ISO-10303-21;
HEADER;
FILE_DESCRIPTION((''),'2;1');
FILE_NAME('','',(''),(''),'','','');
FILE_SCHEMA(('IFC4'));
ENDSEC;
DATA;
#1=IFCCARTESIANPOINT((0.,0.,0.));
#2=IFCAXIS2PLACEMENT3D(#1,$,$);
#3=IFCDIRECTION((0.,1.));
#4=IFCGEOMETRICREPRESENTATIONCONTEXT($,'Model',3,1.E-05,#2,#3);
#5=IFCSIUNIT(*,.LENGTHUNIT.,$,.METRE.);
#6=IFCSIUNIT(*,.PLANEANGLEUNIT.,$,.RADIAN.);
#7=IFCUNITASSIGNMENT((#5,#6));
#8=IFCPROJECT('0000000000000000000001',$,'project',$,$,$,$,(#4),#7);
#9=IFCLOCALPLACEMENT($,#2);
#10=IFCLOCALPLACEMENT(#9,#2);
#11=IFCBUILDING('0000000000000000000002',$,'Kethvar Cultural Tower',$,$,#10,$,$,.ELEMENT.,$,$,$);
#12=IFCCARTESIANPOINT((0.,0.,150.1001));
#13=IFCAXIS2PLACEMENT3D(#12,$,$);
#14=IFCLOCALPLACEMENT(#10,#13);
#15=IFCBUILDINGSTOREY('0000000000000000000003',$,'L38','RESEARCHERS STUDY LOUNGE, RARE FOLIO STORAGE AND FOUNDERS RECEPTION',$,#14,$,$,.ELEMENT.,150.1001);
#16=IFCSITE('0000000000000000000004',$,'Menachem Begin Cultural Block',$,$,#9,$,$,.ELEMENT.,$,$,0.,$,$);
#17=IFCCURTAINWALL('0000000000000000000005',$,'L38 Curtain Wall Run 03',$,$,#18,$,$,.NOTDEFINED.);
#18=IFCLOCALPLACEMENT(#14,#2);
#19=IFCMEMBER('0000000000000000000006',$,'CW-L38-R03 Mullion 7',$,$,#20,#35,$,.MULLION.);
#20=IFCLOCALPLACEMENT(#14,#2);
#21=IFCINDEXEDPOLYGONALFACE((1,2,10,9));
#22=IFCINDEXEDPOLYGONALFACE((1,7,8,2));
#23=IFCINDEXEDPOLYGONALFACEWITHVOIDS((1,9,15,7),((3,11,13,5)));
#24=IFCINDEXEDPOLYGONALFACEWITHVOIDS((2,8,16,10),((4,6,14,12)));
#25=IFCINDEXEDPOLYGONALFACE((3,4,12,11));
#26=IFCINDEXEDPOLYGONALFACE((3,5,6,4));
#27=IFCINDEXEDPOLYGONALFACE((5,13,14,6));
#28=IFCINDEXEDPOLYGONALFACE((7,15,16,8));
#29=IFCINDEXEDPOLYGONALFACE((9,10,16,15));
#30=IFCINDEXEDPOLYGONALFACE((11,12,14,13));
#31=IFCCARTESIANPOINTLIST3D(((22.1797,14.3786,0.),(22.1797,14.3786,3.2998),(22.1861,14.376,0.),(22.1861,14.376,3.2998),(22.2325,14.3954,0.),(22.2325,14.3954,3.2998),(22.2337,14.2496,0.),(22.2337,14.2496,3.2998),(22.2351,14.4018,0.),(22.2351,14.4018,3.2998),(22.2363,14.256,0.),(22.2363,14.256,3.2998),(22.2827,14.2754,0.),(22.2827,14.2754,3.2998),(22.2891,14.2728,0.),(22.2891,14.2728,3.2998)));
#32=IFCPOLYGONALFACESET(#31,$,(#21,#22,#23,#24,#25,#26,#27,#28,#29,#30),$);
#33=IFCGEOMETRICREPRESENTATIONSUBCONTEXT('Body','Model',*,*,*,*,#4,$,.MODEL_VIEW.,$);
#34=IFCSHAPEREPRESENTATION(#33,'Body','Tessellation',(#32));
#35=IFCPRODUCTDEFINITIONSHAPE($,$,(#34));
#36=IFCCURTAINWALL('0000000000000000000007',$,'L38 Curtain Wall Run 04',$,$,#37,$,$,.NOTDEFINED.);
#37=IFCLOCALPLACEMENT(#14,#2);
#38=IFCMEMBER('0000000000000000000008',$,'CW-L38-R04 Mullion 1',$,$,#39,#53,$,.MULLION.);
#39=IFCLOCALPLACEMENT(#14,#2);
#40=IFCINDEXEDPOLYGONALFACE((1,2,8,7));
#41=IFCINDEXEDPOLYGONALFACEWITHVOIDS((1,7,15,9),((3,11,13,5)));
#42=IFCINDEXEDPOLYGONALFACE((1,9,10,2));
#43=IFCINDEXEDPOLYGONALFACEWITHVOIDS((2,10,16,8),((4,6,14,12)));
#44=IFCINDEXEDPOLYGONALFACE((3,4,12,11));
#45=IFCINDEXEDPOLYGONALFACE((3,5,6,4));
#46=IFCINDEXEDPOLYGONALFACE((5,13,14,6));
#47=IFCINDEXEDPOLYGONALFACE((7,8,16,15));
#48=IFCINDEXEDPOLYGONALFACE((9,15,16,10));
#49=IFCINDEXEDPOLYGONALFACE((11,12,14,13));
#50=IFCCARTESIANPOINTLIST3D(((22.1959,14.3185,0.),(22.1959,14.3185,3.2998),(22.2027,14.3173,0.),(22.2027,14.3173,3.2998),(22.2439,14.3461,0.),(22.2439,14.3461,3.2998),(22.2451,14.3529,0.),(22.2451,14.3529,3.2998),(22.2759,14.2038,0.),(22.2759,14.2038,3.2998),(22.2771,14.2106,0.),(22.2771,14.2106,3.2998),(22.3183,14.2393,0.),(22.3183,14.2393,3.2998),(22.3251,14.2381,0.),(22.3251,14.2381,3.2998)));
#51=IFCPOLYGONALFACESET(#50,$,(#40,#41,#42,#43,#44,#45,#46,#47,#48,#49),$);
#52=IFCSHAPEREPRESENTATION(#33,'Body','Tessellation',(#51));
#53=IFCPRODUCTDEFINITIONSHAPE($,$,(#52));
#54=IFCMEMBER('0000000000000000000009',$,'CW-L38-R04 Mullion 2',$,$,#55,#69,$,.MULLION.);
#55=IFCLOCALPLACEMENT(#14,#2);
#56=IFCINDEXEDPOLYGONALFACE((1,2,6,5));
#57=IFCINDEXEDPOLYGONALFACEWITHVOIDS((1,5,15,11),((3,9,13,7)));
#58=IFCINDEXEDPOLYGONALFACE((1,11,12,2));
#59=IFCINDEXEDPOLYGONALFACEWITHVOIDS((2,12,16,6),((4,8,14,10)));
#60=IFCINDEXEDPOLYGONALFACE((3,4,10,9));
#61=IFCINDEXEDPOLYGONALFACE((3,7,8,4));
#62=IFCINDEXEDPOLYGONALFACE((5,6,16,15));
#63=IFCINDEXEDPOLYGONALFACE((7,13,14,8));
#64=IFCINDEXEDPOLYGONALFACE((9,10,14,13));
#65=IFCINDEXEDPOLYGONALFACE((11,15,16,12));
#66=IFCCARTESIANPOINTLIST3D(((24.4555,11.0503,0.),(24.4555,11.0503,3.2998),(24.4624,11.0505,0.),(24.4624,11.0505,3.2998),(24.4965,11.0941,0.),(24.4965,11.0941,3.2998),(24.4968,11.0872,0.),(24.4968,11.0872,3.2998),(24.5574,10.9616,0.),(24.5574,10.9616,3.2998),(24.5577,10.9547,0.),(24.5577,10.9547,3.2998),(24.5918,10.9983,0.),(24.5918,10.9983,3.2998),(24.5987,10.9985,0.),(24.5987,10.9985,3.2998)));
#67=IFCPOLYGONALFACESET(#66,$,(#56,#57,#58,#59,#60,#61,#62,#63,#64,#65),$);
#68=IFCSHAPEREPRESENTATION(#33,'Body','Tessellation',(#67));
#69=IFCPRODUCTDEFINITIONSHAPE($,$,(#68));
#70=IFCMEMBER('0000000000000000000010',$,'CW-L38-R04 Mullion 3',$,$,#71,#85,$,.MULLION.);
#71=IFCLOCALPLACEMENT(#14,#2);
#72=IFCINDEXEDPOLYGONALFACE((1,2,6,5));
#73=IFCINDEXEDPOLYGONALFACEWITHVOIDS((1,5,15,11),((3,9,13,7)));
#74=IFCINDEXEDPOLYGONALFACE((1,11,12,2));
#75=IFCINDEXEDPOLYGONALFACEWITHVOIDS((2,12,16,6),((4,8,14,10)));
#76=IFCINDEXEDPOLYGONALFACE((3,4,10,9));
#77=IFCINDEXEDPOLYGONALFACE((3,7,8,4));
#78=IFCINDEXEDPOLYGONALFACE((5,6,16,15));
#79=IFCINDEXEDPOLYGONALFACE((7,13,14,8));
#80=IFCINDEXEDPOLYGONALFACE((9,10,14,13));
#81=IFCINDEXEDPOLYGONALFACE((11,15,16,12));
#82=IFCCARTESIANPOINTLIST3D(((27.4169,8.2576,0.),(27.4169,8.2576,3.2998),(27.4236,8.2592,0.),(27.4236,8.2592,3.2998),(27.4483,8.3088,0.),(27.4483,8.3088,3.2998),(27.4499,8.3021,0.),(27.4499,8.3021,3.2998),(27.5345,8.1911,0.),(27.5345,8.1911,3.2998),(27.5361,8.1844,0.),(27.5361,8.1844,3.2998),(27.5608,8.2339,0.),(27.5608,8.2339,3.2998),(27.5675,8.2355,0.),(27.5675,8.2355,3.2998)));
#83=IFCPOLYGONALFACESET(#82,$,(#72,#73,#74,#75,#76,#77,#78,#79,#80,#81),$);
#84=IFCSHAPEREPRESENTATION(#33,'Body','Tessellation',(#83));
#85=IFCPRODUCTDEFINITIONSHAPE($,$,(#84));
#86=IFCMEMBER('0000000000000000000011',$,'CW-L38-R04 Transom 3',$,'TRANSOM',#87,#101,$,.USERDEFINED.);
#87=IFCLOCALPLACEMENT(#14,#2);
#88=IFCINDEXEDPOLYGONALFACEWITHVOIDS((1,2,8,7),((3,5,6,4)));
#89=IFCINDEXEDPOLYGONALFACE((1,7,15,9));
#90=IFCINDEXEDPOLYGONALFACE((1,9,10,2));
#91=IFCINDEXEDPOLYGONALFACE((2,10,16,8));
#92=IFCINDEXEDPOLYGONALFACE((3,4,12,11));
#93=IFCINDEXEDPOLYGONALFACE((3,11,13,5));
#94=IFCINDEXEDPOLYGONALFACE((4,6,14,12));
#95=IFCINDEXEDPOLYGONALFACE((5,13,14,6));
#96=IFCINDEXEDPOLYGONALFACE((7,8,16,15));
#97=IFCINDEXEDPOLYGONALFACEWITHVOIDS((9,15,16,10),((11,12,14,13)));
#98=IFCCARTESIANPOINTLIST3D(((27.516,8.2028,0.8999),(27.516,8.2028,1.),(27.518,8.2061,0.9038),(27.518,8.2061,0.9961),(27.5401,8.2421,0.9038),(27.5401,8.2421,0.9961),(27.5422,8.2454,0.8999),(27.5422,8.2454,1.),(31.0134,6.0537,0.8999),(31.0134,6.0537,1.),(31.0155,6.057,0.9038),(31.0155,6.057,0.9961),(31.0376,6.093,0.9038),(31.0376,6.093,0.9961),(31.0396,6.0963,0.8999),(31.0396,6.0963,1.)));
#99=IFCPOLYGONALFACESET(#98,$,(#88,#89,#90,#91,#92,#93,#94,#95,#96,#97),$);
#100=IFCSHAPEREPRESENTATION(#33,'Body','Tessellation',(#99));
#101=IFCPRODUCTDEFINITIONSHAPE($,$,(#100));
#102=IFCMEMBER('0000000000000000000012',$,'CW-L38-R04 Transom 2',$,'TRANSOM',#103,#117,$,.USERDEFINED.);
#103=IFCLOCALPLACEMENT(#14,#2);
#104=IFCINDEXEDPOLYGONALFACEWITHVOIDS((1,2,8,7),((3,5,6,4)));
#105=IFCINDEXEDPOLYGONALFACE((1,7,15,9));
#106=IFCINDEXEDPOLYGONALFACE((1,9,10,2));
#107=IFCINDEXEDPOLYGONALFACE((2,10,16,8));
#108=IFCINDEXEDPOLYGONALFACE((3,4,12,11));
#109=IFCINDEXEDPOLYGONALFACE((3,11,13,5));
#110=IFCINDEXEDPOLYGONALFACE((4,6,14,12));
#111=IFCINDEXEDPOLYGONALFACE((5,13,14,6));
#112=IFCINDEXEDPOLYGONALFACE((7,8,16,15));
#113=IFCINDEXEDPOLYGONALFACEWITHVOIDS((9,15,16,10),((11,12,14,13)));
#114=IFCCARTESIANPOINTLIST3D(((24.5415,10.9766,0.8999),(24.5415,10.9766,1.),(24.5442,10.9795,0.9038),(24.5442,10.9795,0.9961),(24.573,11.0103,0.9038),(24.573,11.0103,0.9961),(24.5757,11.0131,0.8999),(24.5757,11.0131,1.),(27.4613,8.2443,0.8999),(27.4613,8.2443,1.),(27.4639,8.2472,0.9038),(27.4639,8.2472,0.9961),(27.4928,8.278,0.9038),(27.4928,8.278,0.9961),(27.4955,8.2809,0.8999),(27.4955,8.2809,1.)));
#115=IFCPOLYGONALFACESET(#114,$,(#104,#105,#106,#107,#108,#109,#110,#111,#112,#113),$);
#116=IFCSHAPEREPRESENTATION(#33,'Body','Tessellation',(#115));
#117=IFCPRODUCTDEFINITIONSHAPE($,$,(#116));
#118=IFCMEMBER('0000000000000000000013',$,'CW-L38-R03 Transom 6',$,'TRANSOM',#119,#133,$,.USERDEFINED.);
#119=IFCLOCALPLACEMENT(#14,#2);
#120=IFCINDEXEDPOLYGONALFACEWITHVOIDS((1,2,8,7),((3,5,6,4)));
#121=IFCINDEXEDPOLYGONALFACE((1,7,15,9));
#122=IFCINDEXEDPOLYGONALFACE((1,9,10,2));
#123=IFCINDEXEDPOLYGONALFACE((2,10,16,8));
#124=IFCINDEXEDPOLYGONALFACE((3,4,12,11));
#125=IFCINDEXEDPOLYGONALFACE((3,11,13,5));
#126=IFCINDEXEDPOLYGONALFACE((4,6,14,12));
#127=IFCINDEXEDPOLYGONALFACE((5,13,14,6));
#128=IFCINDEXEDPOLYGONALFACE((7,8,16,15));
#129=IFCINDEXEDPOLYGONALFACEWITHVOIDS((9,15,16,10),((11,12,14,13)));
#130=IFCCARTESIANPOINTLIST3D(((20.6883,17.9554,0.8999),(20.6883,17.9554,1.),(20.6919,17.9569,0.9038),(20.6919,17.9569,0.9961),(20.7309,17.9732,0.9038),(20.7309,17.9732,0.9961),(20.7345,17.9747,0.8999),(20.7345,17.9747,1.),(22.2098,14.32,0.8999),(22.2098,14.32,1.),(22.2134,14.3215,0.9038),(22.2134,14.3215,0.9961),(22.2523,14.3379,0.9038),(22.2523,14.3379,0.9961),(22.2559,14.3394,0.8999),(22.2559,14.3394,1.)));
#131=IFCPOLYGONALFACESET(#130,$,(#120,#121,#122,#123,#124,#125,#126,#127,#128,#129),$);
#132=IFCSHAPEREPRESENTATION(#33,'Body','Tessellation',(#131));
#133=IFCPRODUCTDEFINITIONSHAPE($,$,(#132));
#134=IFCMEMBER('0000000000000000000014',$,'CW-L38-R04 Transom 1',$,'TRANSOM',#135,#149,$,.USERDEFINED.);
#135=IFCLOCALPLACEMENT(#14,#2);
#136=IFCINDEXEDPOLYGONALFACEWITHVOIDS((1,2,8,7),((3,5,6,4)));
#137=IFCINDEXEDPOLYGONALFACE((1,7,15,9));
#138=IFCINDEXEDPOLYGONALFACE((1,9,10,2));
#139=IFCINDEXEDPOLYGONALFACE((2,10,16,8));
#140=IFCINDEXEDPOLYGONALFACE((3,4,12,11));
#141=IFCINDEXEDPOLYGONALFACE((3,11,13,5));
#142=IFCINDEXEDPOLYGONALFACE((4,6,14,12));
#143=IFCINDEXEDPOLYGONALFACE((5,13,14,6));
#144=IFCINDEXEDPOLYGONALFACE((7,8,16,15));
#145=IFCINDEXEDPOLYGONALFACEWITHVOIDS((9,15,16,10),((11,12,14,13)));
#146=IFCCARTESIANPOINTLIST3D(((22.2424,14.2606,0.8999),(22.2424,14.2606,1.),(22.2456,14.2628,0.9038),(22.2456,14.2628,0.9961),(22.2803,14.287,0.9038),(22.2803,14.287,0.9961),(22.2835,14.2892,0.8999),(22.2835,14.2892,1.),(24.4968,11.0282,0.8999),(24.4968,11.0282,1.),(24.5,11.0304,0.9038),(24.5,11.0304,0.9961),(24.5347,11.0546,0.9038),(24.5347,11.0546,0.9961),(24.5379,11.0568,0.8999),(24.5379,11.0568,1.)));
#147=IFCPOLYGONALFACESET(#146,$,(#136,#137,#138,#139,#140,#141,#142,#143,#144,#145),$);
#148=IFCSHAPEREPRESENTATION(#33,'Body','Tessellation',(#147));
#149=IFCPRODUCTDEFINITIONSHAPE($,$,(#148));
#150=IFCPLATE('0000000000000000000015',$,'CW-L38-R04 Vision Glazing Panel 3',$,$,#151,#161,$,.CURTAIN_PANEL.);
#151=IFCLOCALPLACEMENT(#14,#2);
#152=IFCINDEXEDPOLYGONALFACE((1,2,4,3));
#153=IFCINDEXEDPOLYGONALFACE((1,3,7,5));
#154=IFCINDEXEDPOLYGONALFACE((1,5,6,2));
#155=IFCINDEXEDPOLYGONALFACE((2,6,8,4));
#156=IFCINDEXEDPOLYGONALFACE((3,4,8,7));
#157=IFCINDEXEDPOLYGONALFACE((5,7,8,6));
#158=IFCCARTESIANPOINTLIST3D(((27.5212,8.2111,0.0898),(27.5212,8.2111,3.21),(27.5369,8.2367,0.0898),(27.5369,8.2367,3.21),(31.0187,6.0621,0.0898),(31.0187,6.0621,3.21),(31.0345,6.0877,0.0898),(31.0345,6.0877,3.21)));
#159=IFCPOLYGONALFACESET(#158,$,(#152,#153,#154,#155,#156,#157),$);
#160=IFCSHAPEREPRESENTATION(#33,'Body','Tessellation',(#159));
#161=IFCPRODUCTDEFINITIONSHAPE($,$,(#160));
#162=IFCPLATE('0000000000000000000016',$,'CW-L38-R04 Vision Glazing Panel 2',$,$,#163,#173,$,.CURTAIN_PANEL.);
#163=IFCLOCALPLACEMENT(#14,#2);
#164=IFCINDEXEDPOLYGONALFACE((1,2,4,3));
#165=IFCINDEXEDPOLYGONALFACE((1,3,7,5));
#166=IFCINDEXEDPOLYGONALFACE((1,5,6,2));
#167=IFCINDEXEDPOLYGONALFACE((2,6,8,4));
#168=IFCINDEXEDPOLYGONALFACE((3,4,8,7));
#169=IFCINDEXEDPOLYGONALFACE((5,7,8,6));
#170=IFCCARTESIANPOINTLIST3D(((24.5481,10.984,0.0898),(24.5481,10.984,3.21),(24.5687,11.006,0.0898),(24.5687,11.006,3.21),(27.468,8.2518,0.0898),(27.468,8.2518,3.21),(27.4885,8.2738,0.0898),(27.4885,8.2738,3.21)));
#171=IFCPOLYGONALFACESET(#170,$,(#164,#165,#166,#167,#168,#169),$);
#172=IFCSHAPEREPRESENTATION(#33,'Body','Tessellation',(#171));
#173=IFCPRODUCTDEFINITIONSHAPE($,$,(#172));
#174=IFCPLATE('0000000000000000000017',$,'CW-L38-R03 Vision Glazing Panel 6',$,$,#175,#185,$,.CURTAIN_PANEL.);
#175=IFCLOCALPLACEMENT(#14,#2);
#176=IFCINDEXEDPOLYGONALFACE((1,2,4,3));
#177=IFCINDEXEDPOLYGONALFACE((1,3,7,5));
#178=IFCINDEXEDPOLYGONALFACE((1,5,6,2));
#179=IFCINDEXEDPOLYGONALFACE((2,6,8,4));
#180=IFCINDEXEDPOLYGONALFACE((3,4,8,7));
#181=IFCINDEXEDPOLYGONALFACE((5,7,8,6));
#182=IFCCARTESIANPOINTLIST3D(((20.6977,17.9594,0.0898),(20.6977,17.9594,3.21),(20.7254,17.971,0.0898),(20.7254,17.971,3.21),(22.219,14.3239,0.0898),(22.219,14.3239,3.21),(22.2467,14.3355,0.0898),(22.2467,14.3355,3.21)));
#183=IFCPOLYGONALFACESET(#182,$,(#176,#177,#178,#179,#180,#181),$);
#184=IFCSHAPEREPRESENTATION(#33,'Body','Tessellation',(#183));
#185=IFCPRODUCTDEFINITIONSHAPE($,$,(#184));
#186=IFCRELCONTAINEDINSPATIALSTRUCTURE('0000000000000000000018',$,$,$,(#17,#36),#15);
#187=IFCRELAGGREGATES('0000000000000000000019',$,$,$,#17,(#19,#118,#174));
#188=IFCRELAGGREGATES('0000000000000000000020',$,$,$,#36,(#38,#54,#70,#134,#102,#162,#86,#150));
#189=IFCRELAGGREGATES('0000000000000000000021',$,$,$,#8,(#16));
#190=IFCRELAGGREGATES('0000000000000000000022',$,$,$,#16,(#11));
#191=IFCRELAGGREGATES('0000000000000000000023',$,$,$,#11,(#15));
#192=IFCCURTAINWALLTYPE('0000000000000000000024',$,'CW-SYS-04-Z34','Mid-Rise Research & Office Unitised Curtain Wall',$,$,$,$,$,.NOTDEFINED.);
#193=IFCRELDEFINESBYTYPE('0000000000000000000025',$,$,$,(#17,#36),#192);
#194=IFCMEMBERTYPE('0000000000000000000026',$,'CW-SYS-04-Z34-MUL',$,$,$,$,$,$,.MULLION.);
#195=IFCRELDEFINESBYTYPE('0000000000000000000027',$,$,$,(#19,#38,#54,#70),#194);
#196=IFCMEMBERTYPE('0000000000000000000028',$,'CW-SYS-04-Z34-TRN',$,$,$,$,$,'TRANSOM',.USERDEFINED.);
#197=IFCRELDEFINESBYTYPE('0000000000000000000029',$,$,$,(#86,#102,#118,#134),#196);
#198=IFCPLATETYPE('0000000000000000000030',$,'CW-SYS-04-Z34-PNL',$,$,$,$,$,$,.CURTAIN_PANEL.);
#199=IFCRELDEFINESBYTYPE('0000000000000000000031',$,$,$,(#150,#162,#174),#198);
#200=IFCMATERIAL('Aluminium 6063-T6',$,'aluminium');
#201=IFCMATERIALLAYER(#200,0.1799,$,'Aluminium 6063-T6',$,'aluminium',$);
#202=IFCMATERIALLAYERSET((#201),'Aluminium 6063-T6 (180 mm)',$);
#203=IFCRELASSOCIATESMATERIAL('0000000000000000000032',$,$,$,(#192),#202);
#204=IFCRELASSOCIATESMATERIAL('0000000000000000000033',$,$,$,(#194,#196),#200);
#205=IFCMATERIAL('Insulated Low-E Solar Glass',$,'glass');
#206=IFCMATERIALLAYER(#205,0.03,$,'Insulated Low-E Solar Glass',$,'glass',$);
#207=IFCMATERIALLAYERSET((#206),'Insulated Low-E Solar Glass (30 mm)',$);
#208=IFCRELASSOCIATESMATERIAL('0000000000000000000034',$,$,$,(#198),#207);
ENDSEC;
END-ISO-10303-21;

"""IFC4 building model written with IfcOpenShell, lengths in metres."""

from ifc_helpers import new_model, si_unit, direction, frame, origin, origin_2d, place, context, subcontext, project, spatial, rectangle, hollow_rectangle, extrude, source, transform, mapped, material, layer, layer_set, material_profile, profile_set, type_object, element, aggregate, save


model = new_model("IFC4")

# Units and contexts
model_context = context("Model", 3, precision=1e-05, world=origin(), true_north=direction((0.0, 1.0)))
body_context = subcontext(model_context, "Body", "Model", "MODEL_VIEW")
ifc_project = project(units=[si_unit("LENGTHUNIT", "METRE"), si_unit("PLANEANGLEUNIT", "RADIAN")], contexts=[model_context])

# Site, building, storey
site_placement = place(None, origin())
site = spatial("IfcSite", under=ifc_project, at=site_placement, Name="Menachem Begin Cultural Block", CompositionType="ELEMENT", RefElevation=0.0)
building_placement = place(site_placement, origin())
building = spatial("IfcBuilding", under=site, at=building_placement, Name="Kethvar Cultural Tower", CompositionType="ELEMENT")
storey_placement = place(building_placement, frame((0.0, 0.0, 150.1001)))
storey = spatial("IfcBuildingStorey", under=building, at=storey_placement, Name="L38", Description="RESEARCHERS STUDY LOUNGE, RARE FOLIO STORAGE AND FOUNDERS RECEPTION", CompositionType="ELEMENT", Elevation=150.1001)

# Curtain wall, member
ifc_material_1 = material(Name="Aluminium 6063-T6", Category="aluminium")
ifc_layer_1 = layer(ifc_material_1, 0.1799, Name="Aluminium 6063-T6", Category="aluminium")
ifc_layer_set_1 = layer_set([ifc_layer_1], Name="Aluminium 6063-T6 (180 mm)")
curtain_wall_type = type_object("IfcCurtainWallType", Name="CW-SYS-04-Z34", Description="Mid-Rise Research & Office Unitised Curtain Wall", PredefinedType="NOTDEFINED", material=ifc_layer_set_1)
curtain_wall_1_placement = place(storey_placement, origin())
curtain_wall_1 = element("IfcCurtainWall", 1, at=curtain_wall_1_placement, inside=storey, type_object=curtain_wall_type, Name="L38 Curtain Wall Run 03", PredefinedType="NOTDEFINED")
ifc_material_profile_1 = material_profile(ifc_material_1, hollow_rectangle(XDim=0.0601, YDim=0.1399, WallThickness=0.0049, at=origin_2d()), Name="Aluminium 6063-T6 — RHS140x60x5")
ifc_profile_set_1 = profile_set([ifc_material_profile_1], Name="Aluminium 6063-T6 — RHS140x60x5")
member_type_1 = type_object("IfcMemberType", Name="CW-SYS-04-Z34-MUL", PredefinedType="MULLION", material=ifc_profile_set_1)
shared_shape_1 = source(origin(), body_context, "Body", "SweptSolid", [
    extrude(hollow_rectangle(XDim=0.0601, YDim=0.1399, WallThickness=0.0049, at=origin_2d()), origin(), (0.0, 0.0, 1.0), 3.2998),
])
member_1_placement = place(storey_placement, frame((22.2344, 14.3257, 0.0), z_axis=(0.0, 0.0, 1.0), x_axis=(0.922484, 0.386035, 0.0)))
member_1 = element("IfcMember", 2, at=member_1_placement, type_object=member_type_1, Name="CW-L38-R03 Mullion 7", PredefinedType="MULLION", context=body_context, shape_type="MappedRepresentation", body=[
    mapped(shared_shape_1, transform((0.0, 0.0, 0.0), scale=1.0)),
])

# Curtain wall, members
curtain_wall_2_placement = place(storey_placement, origin())
curtain_wall_2 = element("IfcCurtainWall", 3, at=curtain_wall_2_placement, inside=storey, type_object=curtain_wall_type, Name="L38 Curtain Wall Run 04", PredefinedType="NOTDEFINED")
member_2_placement = place(storey_placement, frame((22.2605, 14.2783, 0.0), z_axis=(0.0, 0.0, 1.0), x_axis=(0.820222, 0.572046, 0.0)))
member_2 = element("IfcMember", 4, at=member_2_placement, type_object=member_type_1, Name="CW-L38-R04 Mullion 1", PredefinedType="MULLION", context=body_context, shape_type="MappedRepresentation", body=[
    mapped(shared_shape_1, transform((0.0, 0.0, 0.0), scale=1.0)),
])
member_3_placement = place(storey_placement, frame((24.5271, 11.0244, 0.0), z_axis=(0.0, 0.0, 1.0), x_axis=(0.683261, 0.730174, 0.0)))
member_3 = element("IfcMember", 5, at=member_3_placement, type_object=member_type_1, Name="CW-L38-R04 Mullion 2", PredefinedType="MULLION", context=body_context, shape_type="MappedRepresentation", body=[
    mapped(shared_shape_1, transform((0.0, 0.0, 0.0), scale=1.0)),
])
member_4_placement = place(storey_placement, frame((27.4922, 8.2466, 0.0), z_axis=(0.0, 0.0, 1.0), x_axis=(0.52351, 0.852019, 0.0)))
member_4 = element("IfcMember", 6, at=member_4_placement, type_object=member_type_1, Name="CW-L38-R04 Mullion 3", PredefinedType="MULLION", context=body_context, shape_type="MappedRepresentation", body=[
    mapped(shared_shape_1, transform((0.0, 0.0, 0.0), scale=1.0)),
])
ifc_material_profile_2 = material_profile(ifc_material_1, hollow_rectangle(XDim=0.05, YDim=0.1001, WallThickness=0.0039, at=origin_2d()), Name="Aluminium 6063-T6 — RHS100x50x4")
ifc_profile_set_2 = profile_set([ifc_material_profile_2], Name="Aluminium 6063-T6 — RHS100x50x4")
member_type_2 = type_object("IfcMemberType", Name="CW-SYS-04-Z34-TRN", ElementType="TRANSOM", PredefinedType="USERDEFINED", material=ifc_profile_set_2)
shared_shape_2 = source(origin(), body_context, "Body", "SweptSolid", [
    extrude(hollow_rectangle(XDim=0.05, YDim=0.1001, WallThickness=0.0039, at=origin_2d()), origin(), (0.0, 0.0, 1.0), 4.105),
])
member_5_placement = place(storey_placement, frame((27.5291, 8.2241, 0.95), z_axis=(0.852003, -0.523537, 0.0), x_axis=(0.523537, 0.852003, 0.0)))
member_5 = element("IfcMember", 7, at=member_5_placement, type_object=member_type_2, Name="CW-L38-R04 Transom 3", ObjectType="TRANSOM", PredefinedType="USERDEFINED", context=body_context, shape_type="MappedRepresentation", body=[
    mapped(shared_shape_2, transform((0.0, 0.0, 0.0), scale=1.0)),
])
shared_shape_3 = source(origin(), body_context, "Body", "SweptSolid", [
    extrude(hollow_rectangle(XDim=0.05, YDim=0.1001, WallThickness=0.0039, at=origin_2d()), origin(), (0.0, 0.0, 1.0), 3.9988),
])
member_6_placement = place(storey_placement, frame((24.5586, 10.9949, 0.95), z_axis=(0.730163, -0.683273, 0.0), x_axis=(0.683273, 0.730163, 0.0)))
member_6 = element("IfcMember", 8, at=member_6_placement, type_object=member_type_2, Name="CW-L38-R04 Transom 2", ObjectType="TRANSOM", PredefinedType="USERDEFINED", context=body_context, shape_type="MappedRepresentation", body=[
    mapped(shared_shape_3, transform((0.0, 0.0, 0.0), scale=1.0)),
])

# Members
shared_shape_4 = source(origin(), body_context, "Body", "SweptSolid", [
    extrude(hollow_rectangle(XDim=0.05, YDim=0.1001, WallThickness=0.0039, at=origin_2d()), origin(), (0.0, 0.0, 1.0), 3.9409),
])
member_7_placement = place(storey_placement, frame((20.7114, 17.9651, 0.95), z_axis=(0.386062, -0.922473, 0.0), x_axis=(0.922473, 0.386062, 0.0)))
member_7 = element("IfcMember", 9, at=member_7_placement, type_object=member_type_2, Name="CW-L38-R03 Transom 6", ObjectType="TRANSOM", PredefinedType="USERDEFINED", context=body_context, shape_type="MappedRepresentation", body=[
    mapped(shared_shape_4, transform((0.0, 0.0, 0.0), scale=1.0)),
])
member_8_placement = place(storey_placement, frame((22.2629, 14.2749, 0.95), z_axis=(0.572048, -0.82022, 0.0), x_axis=(0.82022, 0.572048, 0.0)))
member_8 = element("IfcMember", 10, at=member_8_placement, type_object=member_type_2, Name="CW-L38-R04 Transom 1", ObjectType="TRANSOM", PredefinedType="USERDEFINED", context=body_context, shape_type="MappedRepresentation", body=[
    mapped(shared_shape_4, transform((0.0, 0.0, 0.0), scale=1.0)),
])

# Plates
ifc_material_2 = material(Name="Insulated Low-E Solar Glass", Category="glass")
ifc_layer_2 = layer(ifc_material_2, 0.03, Name="Insulated Low-E Solar Glass", Category="glass")
ifc_layer_set_2 = layer_set([ifc_layer_2], Name="Insulated Low-E Solar Glass (30 mm)")
plate_type = type_object("IfcPlateType", Name="CW-SYS-04-Z34-PNL", PredefinedType="CURTAIN_PANEL", material=ifc_layer_set_2)
shared_shape_5 = source(origin(), body_context, "Body", "SweptSolid", [
    extrude(rectangle(XDim=4.105, YDim=0.03, at=origin_2d()), origin(), (0.0, 0.0, 1.0), 3.1201),
])
plate_1_placement = place(storey_placement, frame((29.2778, 7.1494, 0.0898), z_axis=(0.0, 0.0, 1.0), x_axis=(0.852019, -0.52351, 0.0)))
plate_1 = element("IfcPlate", 11, at=plate_1_placement, type_object=plate_type, Name="CW-L38-R04 Vision Glazing Panel 3", PredefinedType="CURTAIN_PANEL", context=body_context, shape_type="MappedRepresentation", body=[
    mapped(shared_shape_5, transform((0.0, 0.0, 0.0), scale=1.0)),
])
shared_shape_6 = source(origin(), body_context, "Body", "SweptSolid", [
    extrude(rectangle(XDim=3.9988, YDim=0.03, at=origin_2d()), origin(), (0.0, 0.0, 1.0), 3.1201),
])
plate_2_placement = place(storey_placement, frame((26.0183, 9.6289, 0.0898), z_axis=(0.0, 0.0, 1.0), x_axis=(0.730174, -0.683261, 0.0)))
plate_2 = element("IfcPlate", 12, at=plate_2_placement, type_object=plate_type, Name="CW-L38-R04 Vision Glazing Panel 2", PredefinedType="CURTAIN_PANEL", context=body_context, shape_type="MappedRepresentation", body=[
    mapped(shared_shape_6, transform((0.0, 0.0, 0.0), scale=1.0)),
])
shared_shape_7 = source(origin(), body_context, "Body", "SweptSolid", [
    extrude(rectangle(XDim=3.9409, YDim=0.03, at=origin_2d()), origin(), (0.0, 0.0, 1.0), 3.1201),
])
plate_3_placement = place(storey_placement, frame((21.4722, 16.1475, 0.0898), z_axis=(0.0, 0.0, 1.0), x_axis=(0.386035, -0.922484, 0.0)))
plate_3 = element("IfcPlate", 13, at=plate_3_placement, type_object=plate_type, Name="CW-L38-R03 Vision Glazing Panel 6", PredefinedType="CURTAIN_PANEL", context=body_context, shape_type="MappedRepresentation", body=[
    mapped(shared_shape_7, transform((0.0, 0.0, 0.0), scale=1.0)),
])
aggregate(curtain_wall_1, [member_1, member_7, plate_3])
aggregate(curtain_wall_2, [member_2, member_3, member_4, member_8, member_6, plate_2, member_5, plate_1])

save(model, "model.ifc")
